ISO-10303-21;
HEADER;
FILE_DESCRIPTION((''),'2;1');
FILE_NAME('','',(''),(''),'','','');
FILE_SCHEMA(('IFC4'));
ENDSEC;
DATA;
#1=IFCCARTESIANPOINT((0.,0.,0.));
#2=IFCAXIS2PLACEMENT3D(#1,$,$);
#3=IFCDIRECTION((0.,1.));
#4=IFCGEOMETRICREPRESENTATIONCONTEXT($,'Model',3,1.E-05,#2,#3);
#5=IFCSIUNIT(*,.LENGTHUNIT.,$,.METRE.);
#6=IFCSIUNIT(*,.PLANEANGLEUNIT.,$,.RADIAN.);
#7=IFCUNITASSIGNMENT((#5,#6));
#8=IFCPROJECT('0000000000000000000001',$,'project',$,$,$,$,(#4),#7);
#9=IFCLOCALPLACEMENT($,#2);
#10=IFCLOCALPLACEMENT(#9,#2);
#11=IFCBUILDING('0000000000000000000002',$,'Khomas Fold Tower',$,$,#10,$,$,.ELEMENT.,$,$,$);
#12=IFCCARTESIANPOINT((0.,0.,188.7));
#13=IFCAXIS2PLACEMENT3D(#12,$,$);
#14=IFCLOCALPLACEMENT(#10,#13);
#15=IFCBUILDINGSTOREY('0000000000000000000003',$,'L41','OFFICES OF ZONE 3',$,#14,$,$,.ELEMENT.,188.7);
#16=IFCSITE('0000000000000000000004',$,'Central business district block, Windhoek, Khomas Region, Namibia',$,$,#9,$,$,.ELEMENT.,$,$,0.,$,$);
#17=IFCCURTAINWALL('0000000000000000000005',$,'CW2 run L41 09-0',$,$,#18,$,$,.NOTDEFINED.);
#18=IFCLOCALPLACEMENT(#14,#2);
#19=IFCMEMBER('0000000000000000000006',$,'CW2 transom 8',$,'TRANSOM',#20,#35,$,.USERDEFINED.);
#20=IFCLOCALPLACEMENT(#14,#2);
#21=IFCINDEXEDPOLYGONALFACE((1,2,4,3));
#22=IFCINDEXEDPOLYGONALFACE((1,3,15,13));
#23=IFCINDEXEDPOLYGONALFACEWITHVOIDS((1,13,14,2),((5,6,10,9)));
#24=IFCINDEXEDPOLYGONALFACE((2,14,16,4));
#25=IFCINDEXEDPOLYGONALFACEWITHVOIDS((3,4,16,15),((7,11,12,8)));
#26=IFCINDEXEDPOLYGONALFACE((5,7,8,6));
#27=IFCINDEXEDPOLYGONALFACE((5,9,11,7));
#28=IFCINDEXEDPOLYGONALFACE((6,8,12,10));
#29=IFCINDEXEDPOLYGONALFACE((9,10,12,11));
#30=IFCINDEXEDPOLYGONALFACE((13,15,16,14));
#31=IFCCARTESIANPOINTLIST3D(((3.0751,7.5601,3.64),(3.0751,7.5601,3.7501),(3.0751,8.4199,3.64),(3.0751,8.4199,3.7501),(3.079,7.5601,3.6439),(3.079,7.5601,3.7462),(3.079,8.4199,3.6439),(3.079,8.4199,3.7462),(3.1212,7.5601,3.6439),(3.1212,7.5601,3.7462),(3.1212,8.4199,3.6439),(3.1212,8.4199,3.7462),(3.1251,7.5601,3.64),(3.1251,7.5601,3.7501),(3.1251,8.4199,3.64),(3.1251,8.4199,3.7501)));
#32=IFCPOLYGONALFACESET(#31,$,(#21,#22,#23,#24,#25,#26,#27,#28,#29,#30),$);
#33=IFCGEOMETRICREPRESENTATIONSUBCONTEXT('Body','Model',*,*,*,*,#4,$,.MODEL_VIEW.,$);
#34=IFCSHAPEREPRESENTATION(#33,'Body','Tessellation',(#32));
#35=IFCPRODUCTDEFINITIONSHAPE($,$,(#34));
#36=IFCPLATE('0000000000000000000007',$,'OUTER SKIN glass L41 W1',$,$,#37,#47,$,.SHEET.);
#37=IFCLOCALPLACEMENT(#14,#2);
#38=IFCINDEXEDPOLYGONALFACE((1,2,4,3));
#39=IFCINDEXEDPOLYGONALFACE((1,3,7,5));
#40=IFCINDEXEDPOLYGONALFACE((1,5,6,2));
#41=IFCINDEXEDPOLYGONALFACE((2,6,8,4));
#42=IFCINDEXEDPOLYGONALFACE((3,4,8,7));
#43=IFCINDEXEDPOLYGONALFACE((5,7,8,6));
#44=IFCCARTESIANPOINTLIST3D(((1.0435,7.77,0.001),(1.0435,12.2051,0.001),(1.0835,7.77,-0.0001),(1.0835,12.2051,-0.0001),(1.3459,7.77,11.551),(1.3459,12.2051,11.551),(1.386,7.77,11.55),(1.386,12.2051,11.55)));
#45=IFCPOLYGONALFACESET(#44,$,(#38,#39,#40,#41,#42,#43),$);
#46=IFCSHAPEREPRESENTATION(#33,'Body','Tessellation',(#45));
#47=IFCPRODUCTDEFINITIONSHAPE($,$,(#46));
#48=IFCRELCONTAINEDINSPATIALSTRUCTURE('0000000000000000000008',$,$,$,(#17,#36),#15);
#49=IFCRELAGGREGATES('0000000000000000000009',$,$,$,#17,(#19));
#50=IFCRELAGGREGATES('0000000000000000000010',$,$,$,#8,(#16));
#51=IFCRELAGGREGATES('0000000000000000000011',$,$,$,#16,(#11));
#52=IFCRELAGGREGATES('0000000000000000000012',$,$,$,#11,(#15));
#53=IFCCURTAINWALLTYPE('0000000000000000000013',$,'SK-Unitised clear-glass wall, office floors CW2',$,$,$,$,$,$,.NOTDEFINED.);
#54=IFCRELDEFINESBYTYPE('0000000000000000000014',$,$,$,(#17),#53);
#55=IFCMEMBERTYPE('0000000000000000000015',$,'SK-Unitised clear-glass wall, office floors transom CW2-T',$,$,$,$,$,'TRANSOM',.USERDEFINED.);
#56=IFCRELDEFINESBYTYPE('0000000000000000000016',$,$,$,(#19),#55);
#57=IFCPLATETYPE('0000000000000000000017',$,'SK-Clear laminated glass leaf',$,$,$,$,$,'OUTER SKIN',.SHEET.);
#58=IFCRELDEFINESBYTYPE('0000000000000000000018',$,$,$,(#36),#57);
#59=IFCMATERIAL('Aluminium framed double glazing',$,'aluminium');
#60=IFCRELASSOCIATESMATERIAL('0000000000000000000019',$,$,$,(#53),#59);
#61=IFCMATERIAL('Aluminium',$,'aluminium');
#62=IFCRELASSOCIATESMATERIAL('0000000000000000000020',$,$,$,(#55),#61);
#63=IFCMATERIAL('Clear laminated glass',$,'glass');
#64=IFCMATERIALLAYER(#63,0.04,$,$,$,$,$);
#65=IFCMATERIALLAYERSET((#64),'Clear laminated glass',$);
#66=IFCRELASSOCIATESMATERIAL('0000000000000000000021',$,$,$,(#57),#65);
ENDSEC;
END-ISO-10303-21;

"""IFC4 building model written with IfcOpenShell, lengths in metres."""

from ifc_helpers import new_model, si_unit, direction, frame, origin, origin_2d, place, context, subcontext, project, spatial, polyline, hollow_rectangle, outline, extrude, source, transform, mapped, material, layer, layer_set, material_profile, profile_set, type_object, element, aggregate, save


model = new_model("IFC4")

# Units and contexts
model_context = context("Model", 3, precision=1e-05, world=origin(), true_north=direction((0.0, 1.0)))
body_context = subcontext(model_context, "Body", "Model", "MODEL_VIEW")
ifc_project = project(units=[si_unit("LENGTHUNIT", "METRE"), si_unit("PLANEANGLEUNIT", "RADIAN")], contexts=[model_context])

# Site, building, storey
site_placement = place(None, origin())
site = spatial("IfcSite", under=ifc_project, at=site_placement, Name="Central business district block, Windhoek, Khomas Region, Namibia", CompositionType="ELEMENT", RefElevation=0.0)
building_placement = place(site_placement, origin())
building = spatial("IfcBuilding", under=site, at=building_placement, Name="Khomas Fold Tower", CompositionType="ELEMENT")
storey_placement = place(building_placement, frame((0.0, 0.0, 188.7)))
storey = spatial("IfcBuildingStorey", under=building, at=storey_placement, Name="L41", Description="OFFICES OF ZONE 3", CompositionType="ELEMENT", Elevation=188.7)

# Curtain wall
ifc_material_1 = material(Name="Aluminium framed double glazing", Category="aluminium")
curtain_wall_type = type_object("IfcCurtainWallType", Name="SK-Unitised clear-glass wall, office floors CW2", PredefinedType="NOTDEFINED", material=ifc_material_1)
curtain_wall_1_placement = place(storey_placement, origin())
curtain_wall_1 = element("IfcCurtainWall", 1, at=curtain_wall_1_placement, inside=storey, type_object=curtain_wall_type, Name="CW2 run L41 09-0", PredefinedType="NOTDEFINED")
ifc_material_2 = material(Name="Aluminium", Category="aluminium")
ifc_material_profile_1 = material_profile(ifc_material_2, hollow_rectangle(XDim=0.05, YDim=0.1101, WallThickness=0.0039, at=origin_2d()), Name="SK-Unitised clear-glass wall, office floors transom CW2-T")
ifc_profile_set_1 = profile_set([ifc_material_profile_1], Name="Aluminium")
member_type_1 = type_object("IfcMemberType", Name="SK-Unitised clear-glass wall, office floors transom CW2-T", ElementType="TRANSOM", PredefinedType="USERDEFINED", material=ifc_profile_set_1)

# Member
shared_shape_1 = source(origin(), body_context, "Body", "SweptSolid", [
    extrude(hollow_rectangle(XDim=0.05, YDim=0.1101, WallThickness=0.0039, at=origin_2d()), origin(), (0.0, 0.0, 1.0), 0.8599),
])
member_1_placement = place(storey_placement, frame((3.1001, 8.4199, 3.6951), z_axis=(0.0, -1.0, 0.0), x_axis=(1.0, 0.0, 0.0)))
member_1 = element("IfcMember", 2, at=member_1_placement, type_object=member_type_1, Name="CW2 transom 8", ObjectType="TRANSOM", PredefinedType="USERDEFINED", context=body_context, shape_type="MappedRepresentation", body=[
    mapped(shared_shape_1, transform((0.0, 0.0, 0.0))),
])

# Plate
ifc_material_3 = material(Name="Clear laminated glass", Category="glass")
ifc_layer_1 = layer(ifc_material_3, 0.04)
ifc_layer_set_1 = layer_set([ifc_layer_1], Name="Clear laminated glass")
plate_type_1 = type_object("IfcPlateType", Name="SK-Clear laminated glass leaf", ElementType="OUTER SKIN", PredefinedType="SHEET", material=ifc_layer_set_1)
plate_1_placement = place(storey_placement, frame((1.0435, 7.77, 0.001), z_axis=(-0.999657, 0.0, 0.026181), x_axis=(0.0, 1.0, 0.0)))
element("IfcPlate", 3, at=plate_1_placement, inside=storey, type_object=plate_type_1, Name="OUTER SKIN glass L41 W1", PredefinedType="SHEET", context=body_context, shape_type="SweptSolid", body=[
    extrude(outline(polyline([(0.0, 0.0), (4.4351, 0.0), (4.4351, -11.554), (0.0, -11.554), (0.0, 0.0)])), origin(), (0.0, 0.0, -1.0), 0.04),
])

aggregate(curtain_wall_1, [member_1])

save(model, "model.ifc")
